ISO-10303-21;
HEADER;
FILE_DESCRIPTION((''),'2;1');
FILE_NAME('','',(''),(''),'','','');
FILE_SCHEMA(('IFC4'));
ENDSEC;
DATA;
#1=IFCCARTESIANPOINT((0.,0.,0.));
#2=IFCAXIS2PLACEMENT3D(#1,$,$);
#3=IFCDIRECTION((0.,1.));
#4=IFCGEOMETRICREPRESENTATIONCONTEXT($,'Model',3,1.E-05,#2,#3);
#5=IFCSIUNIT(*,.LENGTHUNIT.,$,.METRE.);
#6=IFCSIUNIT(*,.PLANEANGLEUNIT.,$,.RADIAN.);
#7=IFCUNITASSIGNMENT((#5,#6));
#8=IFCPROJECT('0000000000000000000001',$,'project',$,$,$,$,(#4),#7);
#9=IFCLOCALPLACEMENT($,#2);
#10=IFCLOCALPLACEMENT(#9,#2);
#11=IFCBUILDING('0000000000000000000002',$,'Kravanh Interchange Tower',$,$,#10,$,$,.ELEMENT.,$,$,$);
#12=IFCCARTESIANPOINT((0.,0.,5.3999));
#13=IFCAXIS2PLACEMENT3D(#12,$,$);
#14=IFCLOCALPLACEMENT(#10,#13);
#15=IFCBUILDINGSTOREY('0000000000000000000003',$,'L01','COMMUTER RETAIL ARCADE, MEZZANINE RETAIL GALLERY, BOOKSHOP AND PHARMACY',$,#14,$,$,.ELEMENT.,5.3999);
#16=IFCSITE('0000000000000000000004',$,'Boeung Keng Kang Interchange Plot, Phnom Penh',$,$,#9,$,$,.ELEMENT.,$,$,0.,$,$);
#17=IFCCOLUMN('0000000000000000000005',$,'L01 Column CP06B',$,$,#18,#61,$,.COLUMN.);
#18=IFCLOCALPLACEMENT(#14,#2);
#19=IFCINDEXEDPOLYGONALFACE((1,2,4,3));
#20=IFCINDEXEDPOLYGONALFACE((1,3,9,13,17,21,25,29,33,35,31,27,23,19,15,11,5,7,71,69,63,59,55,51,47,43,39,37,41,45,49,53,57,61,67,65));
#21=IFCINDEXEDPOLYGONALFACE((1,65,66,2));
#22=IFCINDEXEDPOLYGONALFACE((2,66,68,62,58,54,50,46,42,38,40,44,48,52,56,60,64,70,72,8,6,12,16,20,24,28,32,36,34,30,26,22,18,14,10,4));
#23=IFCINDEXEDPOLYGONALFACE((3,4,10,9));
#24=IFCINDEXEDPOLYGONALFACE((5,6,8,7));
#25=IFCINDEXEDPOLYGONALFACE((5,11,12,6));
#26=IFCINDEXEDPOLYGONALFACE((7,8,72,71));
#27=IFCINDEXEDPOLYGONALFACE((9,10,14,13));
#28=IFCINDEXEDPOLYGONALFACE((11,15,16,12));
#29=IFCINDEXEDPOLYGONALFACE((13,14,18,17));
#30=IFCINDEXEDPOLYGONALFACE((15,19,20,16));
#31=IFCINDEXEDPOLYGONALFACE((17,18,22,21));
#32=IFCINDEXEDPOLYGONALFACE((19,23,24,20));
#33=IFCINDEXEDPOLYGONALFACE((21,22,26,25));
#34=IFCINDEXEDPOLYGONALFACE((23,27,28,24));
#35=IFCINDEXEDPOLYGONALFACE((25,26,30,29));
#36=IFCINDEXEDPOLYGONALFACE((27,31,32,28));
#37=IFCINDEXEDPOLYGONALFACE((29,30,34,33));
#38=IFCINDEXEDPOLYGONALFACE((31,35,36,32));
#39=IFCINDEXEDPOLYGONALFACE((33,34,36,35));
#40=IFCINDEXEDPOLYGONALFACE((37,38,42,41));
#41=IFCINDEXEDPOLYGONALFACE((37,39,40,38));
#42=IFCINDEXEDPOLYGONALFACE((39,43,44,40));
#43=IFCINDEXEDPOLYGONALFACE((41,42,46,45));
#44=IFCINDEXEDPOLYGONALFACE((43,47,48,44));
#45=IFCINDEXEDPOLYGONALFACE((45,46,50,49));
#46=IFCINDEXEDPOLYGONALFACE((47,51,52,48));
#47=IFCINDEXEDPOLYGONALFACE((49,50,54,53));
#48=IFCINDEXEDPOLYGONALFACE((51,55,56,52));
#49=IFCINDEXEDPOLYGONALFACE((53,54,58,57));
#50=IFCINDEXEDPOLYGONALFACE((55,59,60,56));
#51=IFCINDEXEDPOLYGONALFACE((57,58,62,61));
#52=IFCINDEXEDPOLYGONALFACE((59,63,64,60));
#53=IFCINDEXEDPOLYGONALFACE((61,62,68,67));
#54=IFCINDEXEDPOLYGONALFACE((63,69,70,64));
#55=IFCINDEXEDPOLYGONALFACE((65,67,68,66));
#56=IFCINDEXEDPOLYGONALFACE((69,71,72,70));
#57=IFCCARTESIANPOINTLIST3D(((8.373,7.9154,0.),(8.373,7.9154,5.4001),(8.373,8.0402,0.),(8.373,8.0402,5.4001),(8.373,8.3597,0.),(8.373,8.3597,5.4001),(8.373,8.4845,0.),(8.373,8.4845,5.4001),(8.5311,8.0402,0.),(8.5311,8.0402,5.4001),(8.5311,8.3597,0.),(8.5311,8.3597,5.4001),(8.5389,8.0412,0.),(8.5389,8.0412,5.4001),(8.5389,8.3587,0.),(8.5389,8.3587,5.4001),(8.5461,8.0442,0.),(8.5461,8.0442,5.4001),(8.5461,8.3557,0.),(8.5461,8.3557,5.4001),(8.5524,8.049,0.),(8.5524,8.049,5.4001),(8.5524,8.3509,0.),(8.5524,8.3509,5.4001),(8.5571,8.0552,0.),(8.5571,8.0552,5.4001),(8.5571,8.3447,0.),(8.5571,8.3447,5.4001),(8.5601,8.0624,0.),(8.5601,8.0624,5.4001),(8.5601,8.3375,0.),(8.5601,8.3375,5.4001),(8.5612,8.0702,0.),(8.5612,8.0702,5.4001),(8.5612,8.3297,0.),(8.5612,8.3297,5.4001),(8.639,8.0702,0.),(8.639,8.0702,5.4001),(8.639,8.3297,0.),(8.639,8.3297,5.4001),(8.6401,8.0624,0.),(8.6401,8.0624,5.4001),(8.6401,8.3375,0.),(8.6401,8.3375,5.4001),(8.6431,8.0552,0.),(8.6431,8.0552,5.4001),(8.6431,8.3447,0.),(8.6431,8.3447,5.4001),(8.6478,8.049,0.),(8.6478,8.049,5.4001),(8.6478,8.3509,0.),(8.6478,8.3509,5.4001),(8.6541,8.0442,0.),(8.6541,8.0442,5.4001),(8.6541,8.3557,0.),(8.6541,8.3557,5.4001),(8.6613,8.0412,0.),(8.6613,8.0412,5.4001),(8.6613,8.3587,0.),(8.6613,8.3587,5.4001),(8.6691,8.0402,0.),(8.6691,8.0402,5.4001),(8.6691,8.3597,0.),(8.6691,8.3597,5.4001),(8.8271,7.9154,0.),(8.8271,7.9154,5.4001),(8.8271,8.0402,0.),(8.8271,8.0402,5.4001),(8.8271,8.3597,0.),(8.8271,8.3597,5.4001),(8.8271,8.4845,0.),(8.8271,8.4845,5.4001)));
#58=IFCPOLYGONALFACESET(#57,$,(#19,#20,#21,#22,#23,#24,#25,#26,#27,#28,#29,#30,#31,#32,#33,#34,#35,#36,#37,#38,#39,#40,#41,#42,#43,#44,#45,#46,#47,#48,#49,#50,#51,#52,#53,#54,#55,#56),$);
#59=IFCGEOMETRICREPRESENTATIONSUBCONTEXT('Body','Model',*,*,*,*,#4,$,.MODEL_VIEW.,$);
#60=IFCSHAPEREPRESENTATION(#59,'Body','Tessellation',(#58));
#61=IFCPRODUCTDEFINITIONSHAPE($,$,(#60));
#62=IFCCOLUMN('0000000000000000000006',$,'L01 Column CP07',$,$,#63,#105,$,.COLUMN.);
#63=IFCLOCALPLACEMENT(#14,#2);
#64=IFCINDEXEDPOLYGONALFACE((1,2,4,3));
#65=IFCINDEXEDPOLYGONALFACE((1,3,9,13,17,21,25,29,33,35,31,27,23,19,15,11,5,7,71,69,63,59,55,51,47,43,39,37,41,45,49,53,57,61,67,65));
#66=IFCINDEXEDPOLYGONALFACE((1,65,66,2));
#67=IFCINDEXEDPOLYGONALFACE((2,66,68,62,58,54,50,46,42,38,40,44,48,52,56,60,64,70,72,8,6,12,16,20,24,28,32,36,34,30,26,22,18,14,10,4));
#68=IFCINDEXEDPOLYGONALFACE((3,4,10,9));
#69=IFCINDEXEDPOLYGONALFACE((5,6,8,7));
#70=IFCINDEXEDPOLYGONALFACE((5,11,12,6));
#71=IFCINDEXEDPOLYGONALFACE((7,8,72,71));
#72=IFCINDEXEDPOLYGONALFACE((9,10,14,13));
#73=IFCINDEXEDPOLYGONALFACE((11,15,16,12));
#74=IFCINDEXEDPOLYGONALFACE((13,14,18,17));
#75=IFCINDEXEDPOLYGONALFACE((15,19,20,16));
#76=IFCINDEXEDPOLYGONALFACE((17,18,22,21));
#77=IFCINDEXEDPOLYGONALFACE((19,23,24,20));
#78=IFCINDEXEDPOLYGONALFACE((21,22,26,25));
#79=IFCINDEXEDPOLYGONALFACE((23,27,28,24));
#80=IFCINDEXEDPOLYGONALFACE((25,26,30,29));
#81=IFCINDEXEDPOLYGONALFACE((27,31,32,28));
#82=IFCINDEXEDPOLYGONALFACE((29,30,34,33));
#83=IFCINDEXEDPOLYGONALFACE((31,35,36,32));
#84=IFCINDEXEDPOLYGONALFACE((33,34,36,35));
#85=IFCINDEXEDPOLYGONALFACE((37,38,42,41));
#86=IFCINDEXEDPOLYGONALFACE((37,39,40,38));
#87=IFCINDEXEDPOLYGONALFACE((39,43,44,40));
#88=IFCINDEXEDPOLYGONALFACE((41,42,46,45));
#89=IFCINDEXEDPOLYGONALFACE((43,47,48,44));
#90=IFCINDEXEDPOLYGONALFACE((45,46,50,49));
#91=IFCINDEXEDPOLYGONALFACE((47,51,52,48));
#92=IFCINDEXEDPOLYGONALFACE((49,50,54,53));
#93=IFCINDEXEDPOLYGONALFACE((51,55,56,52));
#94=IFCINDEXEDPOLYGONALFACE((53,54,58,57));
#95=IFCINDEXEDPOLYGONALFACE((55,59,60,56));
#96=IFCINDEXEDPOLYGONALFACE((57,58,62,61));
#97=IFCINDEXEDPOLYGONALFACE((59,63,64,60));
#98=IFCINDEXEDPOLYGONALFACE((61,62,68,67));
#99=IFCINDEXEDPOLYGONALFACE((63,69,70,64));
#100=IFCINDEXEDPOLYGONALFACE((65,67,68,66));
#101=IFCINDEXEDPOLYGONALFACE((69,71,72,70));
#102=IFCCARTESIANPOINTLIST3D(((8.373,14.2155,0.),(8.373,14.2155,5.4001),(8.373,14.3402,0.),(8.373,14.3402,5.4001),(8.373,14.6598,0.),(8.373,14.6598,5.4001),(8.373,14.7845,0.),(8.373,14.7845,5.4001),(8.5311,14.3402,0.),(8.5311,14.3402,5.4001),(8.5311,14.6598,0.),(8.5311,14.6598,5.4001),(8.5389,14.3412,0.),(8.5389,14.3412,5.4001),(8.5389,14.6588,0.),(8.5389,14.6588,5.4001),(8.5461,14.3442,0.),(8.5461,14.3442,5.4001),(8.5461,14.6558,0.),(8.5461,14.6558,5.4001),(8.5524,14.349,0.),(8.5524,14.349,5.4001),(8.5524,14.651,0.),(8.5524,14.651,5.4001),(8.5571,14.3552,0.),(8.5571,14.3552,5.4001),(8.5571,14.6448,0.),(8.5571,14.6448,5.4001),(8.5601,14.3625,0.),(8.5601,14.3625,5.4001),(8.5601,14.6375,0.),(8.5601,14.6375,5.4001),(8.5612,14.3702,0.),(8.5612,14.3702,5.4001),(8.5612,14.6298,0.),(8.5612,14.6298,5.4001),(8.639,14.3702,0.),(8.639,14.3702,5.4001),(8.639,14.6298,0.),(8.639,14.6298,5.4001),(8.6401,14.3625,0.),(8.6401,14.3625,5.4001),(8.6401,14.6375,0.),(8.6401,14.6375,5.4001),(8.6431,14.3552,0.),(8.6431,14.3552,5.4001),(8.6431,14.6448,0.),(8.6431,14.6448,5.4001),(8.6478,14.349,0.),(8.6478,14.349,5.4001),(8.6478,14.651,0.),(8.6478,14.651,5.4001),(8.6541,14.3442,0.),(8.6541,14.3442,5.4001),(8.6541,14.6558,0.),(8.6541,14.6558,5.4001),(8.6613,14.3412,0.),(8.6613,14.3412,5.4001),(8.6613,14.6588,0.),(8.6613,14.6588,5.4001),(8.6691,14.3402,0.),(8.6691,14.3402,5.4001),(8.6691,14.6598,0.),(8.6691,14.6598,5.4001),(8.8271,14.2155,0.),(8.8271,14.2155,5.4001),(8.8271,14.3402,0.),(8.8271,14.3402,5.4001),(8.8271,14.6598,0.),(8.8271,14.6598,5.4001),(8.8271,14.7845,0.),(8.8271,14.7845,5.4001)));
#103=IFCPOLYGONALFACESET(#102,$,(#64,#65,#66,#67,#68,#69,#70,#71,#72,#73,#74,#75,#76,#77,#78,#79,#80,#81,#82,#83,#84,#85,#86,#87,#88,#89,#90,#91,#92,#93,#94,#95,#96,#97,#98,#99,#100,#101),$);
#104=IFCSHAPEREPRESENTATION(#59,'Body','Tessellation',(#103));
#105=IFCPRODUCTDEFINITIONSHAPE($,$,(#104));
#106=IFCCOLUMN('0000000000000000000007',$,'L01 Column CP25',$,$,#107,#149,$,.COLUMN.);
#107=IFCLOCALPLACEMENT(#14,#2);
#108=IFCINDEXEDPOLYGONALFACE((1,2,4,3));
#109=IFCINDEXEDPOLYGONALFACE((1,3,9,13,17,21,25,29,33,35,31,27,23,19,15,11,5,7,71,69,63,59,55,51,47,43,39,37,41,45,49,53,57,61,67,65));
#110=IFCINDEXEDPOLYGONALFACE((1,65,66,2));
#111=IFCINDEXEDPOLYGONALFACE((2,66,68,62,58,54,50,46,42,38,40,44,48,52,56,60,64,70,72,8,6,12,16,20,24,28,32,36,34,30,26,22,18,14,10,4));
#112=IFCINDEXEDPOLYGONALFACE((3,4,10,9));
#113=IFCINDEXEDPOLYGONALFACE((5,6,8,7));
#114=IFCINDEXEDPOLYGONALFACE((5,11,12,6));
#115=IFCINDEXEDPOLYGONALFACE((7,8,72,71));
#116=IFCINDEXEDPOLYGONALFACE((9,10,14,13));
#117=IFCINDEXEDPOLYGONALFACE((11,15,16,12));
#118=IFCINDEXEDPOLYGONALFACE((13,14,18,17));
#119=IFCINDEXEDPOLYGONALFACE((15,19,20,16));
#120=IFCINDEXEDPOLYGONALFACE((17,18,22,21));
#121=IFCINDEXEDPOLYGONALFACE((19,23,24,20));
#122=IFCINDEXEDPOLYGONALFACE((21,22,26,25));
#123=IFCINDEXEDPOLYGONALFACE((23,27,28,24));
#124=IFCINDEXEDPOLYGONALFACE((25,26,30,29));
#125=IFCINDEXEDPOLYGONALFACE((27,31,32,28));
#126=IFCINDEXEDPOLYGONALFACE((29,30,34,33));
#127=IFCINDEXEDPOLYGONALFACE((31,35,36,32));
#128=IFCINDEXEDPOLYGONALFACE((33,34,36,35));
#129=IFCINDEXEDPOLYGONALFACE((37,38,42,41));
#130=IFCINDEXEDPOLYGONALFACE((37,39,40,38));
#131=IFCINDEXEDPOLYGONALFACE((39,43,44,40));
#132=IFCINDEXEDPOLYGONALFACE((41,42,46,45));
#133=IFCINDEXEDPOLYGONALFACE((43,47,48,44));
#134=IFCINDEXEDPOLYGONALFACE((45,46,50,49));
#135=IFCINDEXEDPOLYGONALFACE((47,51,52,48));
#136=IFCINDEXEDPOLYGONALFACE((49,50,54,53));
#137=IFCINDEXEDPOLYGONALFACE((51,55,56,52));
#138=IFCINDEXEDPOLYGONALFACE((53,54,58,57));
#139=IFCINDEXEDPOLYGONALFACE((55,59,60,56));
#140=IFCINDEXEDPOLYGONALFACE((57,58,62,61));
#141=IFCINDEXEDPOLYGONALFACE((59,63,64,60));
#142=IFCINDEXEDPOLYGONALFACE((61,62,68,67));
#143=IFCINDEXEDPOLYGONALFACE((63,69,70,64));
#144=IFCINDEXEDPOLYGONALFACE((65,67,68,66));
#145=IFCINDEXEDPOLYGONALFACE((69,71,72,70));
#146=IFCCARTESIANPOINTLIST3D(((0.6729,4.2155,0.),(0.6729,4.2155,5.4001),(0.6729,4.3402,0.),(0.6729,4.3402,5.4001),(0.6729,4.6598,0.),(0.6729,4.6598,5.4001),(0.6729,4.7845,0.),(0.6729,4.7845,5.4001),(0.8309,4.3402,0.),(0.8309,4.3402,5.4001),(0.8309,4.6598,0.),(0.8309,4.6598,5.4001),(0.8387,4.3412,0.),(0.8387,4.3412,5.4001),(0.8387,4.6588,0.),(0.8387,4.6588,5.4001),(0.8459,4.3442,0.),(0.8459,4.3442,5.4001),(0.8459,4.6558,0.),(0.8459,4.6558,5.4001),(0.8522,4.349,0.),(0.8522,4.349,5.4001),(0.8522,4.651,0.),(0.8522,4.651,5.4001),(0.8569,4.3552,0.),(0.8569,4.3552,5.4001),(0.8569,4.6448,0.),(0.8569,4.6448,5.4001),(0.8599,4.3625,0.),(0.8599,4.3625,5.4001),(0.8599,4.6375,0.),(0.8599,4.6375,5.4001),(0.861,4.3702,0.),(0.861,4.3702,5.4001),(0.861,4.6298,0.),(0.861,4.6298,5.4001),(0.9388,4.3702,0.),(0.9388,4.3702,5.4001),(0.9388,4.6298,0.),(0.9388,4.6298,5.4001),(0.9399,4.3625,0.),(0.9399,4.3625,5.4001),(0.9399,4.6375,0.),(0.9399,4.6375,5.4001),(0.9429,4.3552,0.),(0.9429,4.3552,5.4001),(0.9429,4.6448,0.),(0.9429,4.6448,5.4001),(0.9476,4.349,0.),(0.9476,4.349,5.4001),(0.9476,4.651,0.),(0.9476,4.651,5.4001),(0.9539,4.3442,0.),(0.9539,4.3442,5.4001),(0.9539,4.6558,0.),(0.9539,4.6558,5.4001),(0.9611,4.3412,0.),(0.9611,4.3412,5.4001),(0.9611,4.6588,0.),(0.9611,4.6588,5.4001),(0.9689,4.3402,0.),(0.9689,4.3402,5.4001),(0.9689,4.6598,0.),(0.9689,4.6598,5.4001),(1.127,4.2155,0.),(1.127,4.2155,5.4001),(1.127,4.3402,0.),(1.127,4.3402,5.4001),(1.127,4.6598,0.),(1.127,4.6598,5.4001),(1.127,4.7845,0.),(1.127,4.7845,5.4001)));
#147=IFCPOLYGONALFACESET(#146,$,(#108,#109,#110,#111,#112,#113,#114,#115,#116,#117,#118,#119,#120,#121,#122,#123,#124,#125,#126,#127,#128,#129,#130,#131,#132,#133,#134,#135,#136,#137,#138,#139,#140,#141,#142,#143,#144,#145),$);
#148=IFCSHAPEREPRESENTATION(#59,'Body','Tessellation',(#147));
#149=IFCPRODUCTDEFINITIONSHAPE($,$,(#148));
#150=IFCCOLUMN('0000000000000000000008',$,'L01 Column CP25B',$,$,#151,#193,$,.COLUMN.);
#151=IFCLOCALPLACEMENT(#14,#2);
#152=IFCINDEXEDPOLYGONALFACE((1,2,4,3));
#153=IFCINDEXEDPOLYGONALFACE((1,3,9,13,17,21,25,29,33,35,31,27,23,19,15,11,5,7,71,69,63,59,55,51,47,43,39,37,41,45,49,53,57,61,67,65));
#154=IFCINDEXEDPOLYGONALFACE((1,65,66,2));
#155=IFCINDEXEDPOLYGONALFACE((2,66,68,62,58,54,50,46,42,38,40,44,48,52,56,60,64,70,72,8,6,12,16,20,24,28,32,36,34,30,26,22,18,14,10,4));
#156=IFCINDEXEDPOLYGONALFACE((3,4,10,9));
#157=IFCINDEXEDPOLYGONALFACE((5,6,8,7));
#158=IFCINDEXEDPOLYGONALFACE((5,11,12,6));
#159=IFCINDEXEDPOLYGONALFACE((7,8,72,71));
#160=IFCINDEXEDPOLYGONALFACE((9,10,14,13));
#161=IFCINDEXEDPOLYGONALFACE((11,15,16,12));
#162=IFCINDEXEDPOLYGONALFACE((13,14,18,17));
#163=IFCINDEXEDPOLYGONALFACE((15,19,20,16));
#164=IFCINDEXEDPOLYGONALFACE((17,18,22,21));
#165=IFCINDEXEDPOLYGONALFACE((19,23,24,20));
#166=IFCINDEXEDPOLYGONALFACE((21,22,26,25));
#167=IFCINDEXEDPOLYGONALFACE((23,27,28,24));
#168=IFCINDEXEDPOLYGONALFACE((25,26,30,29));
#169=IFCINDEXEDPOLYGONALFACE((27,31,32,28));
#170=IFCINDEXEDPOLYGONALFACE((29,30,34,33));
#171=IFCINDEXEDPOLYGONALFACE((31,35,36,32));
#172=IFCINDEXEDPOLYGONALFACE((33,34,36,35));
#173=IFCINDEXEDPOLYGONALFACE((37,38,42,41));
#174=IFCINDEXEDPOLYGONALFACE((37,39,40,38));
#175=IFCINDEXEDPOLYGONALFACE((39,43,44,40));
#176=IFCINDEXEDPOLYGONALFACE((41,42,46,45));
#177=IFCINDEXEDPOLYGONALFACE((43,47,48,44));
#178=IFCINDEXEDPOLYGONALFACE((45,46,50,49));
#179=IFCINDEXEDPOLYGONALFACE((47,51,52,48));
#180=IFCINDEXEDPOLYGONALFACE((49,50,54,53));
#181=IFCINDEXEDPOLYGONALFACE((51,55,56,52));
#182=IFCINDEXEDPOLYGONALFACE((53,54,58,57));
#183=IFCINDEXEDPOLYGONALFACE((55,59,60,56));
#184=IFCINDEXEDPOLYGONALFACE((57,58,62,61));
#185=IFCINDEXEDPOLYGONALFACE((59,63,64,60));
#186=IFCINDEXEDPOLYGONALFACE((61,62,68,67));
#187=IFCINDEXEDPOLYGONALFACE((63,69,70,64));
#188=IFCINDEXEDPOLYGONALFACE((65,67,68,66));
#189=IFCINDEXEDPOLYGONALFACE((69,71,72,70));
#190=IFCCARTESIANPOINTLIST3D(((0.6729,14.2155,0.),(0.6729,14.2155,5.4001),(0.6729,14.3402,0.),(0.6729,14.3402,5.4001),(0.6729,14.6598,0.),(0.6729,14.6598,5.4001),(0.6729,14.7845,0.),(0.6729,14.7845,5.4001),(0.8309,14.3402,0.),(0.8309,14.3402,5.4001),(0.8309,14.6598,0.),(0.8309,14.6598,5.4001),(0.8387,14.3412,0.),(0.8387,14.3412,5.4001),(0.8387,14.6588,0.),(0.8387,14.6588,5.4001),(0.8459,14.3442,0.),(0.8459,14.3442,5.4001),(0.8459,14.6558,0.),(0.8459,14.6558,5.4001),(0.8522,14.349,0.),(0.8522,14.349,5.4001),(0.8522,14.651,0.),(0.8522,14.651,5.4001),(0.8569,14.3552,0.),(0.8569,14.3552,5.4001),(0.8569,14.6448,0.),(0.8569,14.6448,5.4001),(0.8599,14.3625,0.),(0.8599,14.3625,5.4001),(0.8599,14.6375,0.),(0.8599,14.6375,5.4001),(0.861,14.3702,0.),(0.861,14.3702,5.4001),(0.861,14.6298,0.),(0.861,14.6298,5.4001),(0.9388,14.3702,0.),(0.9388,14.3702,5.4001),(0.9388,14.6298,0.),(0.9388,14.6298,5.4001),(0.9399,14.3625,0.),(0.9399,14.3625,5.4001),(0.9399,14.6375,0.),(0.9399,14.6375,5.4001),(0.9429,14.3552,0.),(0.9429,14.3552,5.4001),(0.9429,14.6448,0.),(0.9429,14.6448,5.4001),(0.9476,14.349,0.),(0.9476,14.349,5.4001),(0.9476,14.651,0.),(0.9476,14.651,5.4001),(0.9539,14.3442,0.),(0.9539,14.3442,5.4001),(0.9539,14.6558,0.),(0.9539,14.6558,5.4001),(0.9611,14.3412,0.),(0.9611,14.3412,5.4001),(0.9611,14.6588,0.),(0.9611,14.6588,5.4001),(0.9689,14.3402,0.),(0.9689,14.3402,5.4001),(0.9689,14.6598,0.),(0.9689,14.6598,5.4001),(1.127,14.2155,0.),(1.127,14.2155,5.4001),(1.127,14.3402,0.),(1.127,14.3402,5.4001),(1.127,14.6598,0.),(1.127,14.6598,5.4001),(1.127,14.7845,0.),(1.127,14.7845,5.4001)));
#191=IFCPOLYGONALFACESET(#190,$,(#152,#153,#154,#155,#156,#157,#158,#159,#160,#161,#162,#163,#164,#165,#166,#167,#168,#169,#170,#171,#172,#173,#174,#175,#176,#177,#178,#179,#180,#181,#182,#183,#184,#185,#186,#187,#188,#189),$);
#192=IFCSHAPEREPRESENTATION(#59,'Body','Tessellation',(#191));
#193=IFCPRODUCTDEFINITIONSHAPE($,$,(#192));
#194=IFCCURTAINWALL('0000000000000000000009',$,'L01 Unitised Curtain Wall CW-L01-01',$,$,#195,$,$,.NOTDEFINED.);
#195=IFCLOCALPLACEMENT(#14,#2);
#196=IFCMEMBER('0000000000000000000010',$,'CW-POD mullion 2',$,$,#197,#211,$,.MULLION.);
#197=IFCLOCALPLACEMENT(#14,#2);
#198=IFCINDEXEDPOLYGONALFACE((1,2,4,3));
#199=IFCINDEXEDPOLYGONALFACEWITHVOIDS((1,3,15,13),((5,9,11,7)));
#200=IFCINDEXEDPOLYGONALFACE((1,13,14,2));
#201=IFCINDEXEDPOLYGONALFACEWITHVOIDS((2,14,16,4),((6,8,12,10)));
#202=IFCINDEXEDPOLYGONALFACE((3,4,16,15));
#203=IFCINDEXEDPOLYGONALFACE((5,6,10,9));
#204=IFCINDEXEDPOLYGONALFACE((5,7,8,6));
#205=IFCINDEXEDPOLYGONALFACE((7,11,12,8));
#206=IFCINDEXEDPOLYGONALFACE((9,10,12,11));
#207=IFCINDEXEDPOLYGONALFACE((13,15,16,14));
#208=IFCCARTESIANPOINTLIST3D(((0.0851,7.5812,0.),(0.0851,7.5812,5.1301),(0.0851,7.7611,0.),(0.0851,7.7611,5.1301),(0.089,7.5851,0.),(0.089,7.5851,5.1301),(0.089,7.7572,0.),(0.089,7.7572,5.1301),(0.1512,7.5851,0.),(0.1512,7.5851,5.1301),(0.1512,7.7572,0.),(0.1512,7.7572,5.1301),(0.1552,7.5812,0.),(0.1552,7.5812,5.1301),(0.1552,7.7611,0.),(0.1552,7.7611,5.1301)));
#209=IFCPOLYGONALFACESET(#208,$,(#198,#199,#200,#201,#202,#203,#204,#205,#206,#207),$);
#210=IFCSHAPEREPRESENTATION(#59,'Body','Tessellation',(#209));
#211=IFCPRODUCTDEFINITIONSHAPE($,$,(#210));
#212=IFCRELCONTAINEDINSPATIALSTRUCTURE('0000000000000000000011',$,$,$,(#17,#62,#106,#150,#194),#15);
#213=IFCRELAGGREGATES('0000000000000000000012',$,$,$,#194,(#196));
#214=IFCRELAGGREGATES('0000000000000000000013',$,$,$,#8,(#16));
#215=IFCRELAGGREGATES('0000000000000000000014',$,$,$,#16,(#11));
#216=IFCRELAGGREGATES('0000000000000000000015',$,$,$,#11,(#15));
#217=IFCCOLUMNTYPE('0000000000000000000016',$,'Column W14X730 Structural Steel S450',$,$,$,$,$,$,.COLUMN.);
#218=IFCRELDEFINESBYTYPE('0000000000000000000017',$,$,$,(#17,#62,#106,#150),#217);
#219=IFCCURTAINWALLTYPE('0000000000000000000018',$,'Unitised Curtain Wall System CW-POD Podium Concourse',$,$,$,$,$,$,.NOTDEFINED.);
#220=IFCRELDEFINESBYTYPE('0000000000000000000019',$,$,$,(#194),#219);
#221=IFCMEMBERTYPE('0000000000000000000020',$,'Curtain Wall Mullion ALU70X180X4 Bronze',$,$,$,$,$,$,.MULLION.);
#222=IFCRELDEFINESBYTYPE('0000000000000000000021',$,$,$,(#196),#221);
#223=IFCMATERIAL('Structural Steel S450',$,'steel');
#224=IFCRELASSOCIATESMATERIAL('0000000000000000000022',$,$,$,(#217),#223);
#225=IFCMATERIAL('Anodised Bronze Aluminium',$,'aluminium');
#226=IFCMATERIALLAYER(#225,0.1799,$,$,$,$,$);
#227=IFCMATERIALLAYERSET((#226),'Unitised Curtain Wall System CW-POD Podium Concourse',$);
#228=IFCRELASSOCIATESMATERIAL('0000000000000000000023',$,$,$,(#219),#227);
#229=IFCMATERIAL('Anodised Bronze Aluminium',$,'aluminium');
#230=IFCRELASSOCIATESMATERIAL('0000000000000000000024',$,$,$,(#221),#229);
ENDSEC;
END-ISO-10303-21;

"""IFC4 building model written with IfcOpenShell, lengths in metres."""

from ifc_helpers import new_model, si_unit, direction, frame, origin, origin_2d, place, context, subcontext, project, spatial, hollow_rectangle, i_section, extrude, material, layer, layer_set, material_profile, profile_set, type_object, element, aggregate, save


model = new_model("IFC4")

# Units and contexts
model_context = context("Model", 3, precision=1e-05, world=origin(), true_north=direction((0.0, 1.0)))
body_context = subcontext(model_context, "Body", "Model", "MODEL_VIEW")
ifc_project = project(units=[si_unit("LENGTHUNIT", "METRE"), si_unit("PLANEANGLEUNIT", "RADIAN")], contexts=[model_context])

# Site, building, storey
site_placement = place(None, origin())
site = spatial("IfcSite", under=ifc_project, at=site_placement, Name="Boeung Keng Kang Interchange Plot, Phnom Penh", CompositionType="ELEMENT", RefElevation=0.0)
building_placement = place(site_placement, origin())
building = spatial("IfcBuilding", under=site, at=building_placement, Name="Kravanh Interchange Tower", CompositionType="ELEMENT")
storey_placement = place(building_placement, frame((0.0, 0.0, 5.3999)))
storey = spatial("IfcBuildingStorey", under=building, at=storey_placement, Name="L01", Description="COMMUTER RETAIL ARCADE, MEZZANINE RETAIL GALLERY, BOOKSHOP AND PHARMACY", CompositionType="ELEMENT", Elevation=5.3999)

# Columns
ifc_material_1 = material(Name="Structural Steel S450", Category="steel")
ifc_material_profile_1 = material_profile(ifc_material_1, i_section(OverallWidth=0.4541, OverallDepth=0.5691, WebThickness=0.0779, FlangeThickness=0.1248, FilletRadius=0.03, at=origin_2d()), Name="W14X730")
ifc_profile_set_1 = profile_set([ifc_material_profile_1], Name="Structural Steel S450")
column_type = type_object("IfcColumnType", Name="Column W14X730 Structural Steel S450", PredefinedType="COLUMN", material=ifc_profile_set_1)
for number, where, z_axis, x_axis, name in (
    (1, (8.6001, 8.2, 0.0), (0.0, 0.0, 1.0), (1.0, 0.0, 0.0), "L01 Column CP06B"),
    (2, (8.6001, 14.5, 0.0), (0.0, 0.0, 1.0), (1.0, 0.0, 0.0), "L01 Column CP07"),
    (3, (0.8999, 4.5, 0.0), (0.0, 0.0, 1.0), (1.0, 0.0, 0.0), "L01 Column CP25"),
    (4, (0.8999, 14.5, 0.0), (0.0, 0.0, 1.0), (1.0, 0.0, 0.0), "L01 Column CP25B"),
):
    element("IfcColumn", number, at=place(storey_placement, frame(where, z_axis=z_axis, x_axis=x_axis)), inside=storey, type_object=column_type, Name=name, PredefinedType="COLUMN", context=body_context, shape_type="SweptSolid", body=[
        extrude(i_section(OverallWidth=0.4541, OverallDepth=0.5691, WebThickness=0.0779, FlangeThickness=0.1248, FilletRadius=0.03, at=origin_2d()), origin(), (0.0, 0.0, 1.0), 5.4001),
    ])

# Curtain wall, member
ifc_material_2 = material(Name="Anodised Bronze Aluminium", Category="aluminium")
ifc_layer_1 = layer(ifc_material_2, 0.1799)
ifc_layer_set_1 = layer_set([ifc_layer_1], Name="Unitised Curtain Wall System CW-POD Podium Concourse")
curtain_wall_type = type_object("IfcCurtainWallType", Name="Unitised Curtain Wall System CW-POD Podium Concourse", PredefinedType="NOTDEFINED", material=ifc_layer_set_1)
curtain_wall_placement = place(storey_placement, origin())
curtain_wall = element("IfcCurtainWall", 5, at=curtain_wall_placement, inside=storey, type_object=curtain_wall_type, Name="L01 Unitised Curtain Wall CW-L01-01", PredefinedType="NOTDEFINED")
ifc_material_3 = material(Name="Anodised Bronze Aluminium", Category="aluminium")
ifc_material_profile_2 = material_profile(ifc_material_3, hollow_rectangle(XDim=0.0701, YDim=0.1799, WallThickness=0.0039, at=origin_2d()), Name="ALU70X180X4")
ifc_profile_set_2 = profile_set([ifc_material_profile_2], Name="Anodised Bronze Aluminium")
member_type_1 = type_object("IfcMemberType", Name="Curtain Wall Mullion ALU70X180X4 Bronze", PredefinedType="MULLION", material=ifc_profile_set_2)
member_1_placement = place(storey_placement, frame((0.1201, 7.6711, 0.0), z_axis=(0.0, 0.0, 1.0), x_axis=(-1.0, 0.0, 0.0)))
member_1 = element("IfcMember", 6, at=member_1_placement, type_object=member_type_1, Name="CW-POD mullion 2", PredefinedType="MULLION", context=body_context, shape_type="SweptSolid", body=[
    extrude(hollow_rectangle(XDim=0.0701, YDim=0.1799, WallThickness=0.0039, at=origin_2d()), origin(), (0.0, 0.0, 1.0), 5.1301),
])

aggregate(curtain_wall, [member_1])

save(model, "model.ifc")
